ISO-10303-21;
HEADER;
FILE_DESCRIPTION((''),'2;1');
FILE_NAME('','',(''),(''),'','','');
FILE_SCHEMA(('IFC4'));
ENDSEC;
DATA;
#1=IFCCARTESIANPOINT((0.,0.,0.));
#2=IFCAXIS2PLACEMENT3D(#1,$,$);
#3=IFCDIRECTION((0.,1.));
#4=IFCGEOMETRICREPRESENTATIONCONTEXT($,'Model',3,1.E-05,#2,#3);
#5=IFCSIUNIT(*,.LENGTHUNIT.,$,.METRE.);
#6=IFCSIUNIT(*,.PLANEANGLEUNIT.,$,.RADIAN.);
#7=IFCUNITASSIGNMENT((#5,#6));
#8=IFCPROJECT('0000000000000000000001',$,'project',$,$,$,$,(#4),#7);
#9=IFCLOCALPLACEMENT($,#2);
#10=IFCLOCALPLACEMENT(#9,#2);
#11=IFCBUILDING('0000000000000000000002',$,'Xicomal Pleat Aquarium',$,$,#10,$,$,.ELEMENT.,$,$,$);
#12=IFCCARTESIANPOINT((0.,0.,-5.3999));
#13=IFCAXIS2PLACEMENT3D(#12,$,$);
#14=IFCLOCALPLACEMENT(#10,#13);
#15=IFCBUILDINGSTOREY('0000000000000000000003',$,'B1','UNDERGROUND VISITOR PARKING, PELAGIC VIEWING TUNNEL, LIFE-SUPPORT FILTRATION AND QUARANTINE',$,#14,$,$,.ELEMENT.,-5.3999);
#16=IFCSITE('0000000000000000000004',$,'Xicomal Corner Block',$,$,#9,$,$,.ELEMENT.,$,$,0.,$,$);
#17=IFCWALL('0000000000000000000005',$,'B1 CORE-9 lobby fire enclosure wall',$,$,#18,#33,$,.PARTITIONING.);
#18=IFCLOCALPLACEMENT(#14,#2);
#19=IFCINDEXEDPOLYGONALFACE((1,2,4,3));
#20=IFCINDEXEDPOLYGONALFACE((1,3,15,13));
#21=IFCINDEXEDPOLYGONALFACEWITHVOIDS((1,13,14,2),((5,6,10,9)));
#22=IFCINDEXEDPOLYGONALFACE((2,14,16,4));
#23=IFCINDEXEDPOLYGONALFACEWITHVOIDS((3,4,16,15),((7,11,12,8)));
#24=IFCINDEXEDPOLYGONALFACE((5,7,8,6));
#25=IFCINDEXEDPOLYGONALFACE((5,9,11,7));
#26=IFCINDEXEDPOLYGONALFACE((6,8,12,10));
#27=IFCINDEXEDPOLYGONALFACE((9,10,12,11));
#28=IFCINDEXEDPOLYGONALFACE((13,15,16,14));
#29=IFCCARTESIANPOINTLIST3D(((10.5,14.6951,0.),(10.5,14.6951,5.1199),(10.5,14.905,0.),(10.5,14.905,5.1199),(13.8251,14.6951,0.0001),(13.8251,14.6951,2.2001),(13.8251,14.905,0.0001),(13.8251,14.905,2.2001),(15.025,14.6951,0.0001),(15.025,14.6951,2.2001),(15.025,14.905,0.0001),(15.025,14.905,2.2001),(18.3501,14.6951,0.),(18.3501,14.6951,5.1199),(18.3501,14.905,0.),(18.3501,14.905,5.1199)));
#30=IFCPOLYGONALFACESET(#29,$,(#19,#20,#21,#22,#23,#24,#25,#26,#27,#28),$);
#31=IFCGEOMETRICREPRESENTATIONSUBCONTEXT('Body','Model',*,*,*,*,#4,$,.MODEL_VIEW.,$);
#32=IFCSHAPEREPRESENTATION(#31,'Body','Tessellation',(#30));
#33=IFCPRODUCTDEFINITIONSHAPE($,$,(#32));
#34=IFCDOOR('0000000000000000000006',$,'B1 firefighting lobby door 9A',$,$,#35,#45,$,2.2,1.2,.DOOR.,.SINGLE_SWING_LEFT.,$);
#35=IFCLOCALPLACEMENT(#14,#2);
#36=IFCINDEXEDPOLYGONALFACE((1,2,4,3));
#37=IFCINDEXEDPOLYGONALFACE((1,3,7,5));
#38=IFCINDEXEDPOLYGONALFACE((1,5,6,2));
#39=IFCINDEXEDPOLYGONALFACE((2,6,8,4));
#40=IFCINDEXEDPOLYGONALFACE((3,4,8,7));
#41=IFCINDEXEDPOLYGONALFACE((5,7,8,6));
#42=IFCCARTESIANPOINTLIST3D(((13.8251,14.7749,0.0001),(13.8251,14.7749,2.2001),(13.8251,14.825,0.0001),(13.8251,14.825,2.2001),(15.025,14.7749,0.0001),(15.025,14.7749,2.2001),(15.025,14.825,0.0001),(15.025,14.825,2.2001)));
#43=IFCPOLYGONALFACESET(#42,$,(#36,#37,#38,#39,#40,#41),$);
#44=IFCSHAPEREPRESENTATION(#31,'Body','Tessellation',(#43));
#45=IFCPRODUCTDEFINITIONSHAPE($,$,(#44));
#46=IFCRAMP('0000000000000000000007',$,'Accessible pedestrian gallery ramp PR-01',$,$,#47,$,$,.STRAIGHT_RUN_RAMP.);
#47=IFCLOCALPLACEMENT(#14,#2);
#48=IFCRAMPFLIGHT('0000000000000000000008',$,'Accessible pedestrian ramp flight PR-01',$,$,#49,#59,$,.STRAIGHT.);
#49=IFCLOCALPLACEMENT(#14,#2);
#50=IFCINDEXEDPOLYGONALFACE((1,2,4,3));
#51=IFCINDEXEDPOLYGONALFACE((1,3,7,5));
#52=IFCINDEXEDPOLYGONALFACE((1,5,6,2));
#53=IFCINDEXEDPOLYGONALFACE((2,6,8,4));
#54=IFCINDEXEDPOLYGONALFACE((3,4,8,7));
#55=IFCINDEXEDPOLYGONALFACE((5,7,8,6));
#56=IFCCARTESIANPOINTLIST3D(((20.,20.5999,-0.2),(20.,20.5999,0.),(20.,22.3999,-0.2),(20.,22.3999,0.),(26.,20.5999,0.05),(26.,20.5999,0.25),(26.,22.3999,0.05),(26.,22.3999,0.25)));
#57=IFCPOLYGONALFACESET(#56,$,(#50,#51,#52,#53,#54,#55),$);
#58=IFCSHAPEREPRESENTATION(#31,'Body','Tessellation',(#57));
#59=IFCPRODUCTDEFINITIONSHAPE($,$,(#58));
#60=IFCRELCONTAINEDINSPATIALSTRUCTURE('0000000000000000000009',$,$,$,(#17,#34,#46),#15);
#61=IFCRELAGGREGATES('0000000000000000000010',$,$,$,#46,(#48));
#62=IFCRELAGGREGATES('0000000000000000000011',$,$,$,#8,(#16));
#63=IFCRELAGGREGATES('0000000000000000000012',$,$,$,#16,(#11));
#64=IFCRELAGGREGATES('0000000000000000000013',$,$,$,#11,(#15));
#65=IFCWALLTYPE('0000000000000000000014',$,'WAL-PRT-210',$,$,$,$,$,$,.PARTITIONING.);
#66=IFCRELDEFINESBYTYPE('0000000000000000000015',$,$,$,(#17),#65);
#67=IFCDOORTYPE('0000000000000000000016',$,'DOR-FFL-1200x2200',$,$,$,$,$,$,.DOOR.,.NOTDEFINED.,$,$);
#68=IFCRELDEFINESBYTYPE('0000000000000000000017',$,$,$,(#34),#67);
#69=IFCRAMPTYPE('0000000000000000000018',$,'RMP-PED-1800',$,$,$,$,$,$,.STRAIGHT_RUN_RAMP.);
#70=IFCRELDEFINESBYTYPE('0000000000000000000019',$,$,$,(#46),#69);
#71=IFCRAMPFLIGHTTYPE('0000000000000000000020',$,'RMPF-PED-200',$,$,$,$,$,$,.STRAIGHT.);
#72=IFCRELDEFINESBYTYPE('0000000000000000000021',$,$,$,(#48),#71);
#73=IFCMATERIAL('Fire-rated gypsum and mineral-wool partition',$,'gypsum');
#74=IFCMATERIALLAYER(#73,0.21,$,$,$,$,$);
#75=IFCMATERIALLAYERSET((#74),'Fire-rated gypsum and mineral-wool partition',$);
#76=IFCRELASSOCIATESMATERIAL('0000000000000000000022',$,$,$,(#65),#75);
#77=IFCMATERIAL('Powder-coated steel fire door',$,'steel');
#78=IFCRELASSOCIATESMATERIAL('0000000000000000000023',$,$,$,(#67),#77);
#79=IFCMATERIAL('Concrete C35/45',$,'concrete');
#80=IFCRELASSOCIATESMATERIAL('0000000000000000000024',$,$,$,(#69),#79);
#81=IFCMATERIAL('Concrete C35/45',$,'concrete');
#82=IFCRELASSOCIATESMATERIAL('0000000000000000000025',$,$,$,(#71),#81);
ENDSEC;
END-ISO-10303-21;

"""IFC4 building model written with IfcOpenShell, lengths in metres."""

from ifc_helpers import new_model, si_unit, direction, frame, frame_2d, origin, place, context, subcontext, project, spatial, polyline, rectangle, outline, extrude, material, layer, layer_set, type_object, element, fill, aggregate, save


model = new_model("IFC4")

# Units and contexts
model_context = context("Model", 3, precision=1e-05, world=origin(), true_north=direction((0.0, 1.0)))
body_context = subcontext(model_context, "Body", "Model", "MODEL_VIEW")
ifc_project = project(units=[si_unit("LENGTHUNIT", "METRE"), si_unit("PLANEANGLEUNIT", "RADIAN")], contexts=[model_context])

# Site, building, storey
site_placement = place(None, origin())
site = spatial("IfcSite", under=ifc_project, at=site_placement, Name="Xicomal Corner Block", CompositionType="ELEMENT", RefElevation=0.0)
building_placement = place(site_placement, origin())
building = spatial("IfcBuilding", under=site, at=building_placement, Name="Xicomal Pleat Aquarium", CompositionType="ELEMENT")
storey_placement = place(building_placement, frame((0.0, 0.0, -5.3999)))
storey = spatial("IfcBuildingStorey", under=building, at=storey_placement, Name="B1", Description="UNDERGROUND VISITOR PARKING, PELAGIC VIEWING TUNNEL, LIFE-SUPPORT FILTRATION AND QUARANTINE", CompositionType="ELEMENT", Elevation=-5.3999)

# Wall, opening, door
ifc_material_1 = material(Name="Fire-rated gypsum and mineral-wool partition", Category="gypsum")
ifc_layer = layer(ifc_material_1, 0.21)
ifc_layer_set = layer_set([ifc_layer], Name="Fire-rated gypsum and mineral-wool partition")
wall_type = type_object("IfcWallType", Name="WAL-PRT-210", PredefinedType="PARTITIONING", material=ifc_layer_set)
wall_placement = place(storey_placement, frame((10.5, 14.8, 0.0), z_axis=(0.0, 0.0, 1.0), x_axis=(1.0, 0.0, 0.0)))
wall = element("IfcWall", 1, at=wall_placement, inside=storey, type_object=wall_type, Name="B1 CORE-9 lobby fire enclosure wall", PredefinedType="PARTITIONING", context=body_context, shape_type="SweptSolid", body=[
    extrude(rectangle(XDim=7.8501, YDim=0.21, at=frame_2d((3.925, 0.0))), origin(), (0.0, 0.0, 1.0), 5.1199),
])
opening_placement = place(wall_placement, frame((3.325, 0.0, 0.0)))
opening = element("IfcOpeningElement", 2, at=opening_placement, cuts=wall, PredefinedType="OPENING", context=body_context, shape_type="SweptSolid", body=[
    extrude(rectangle(XDim=1.2, YDim=2.2, at=frame_2d((0.6001, 1.1001))), frame((0.0, 0.115, 0.0), z_axis=(0.0, -1.0, 0.0), x_axis=(1.0, 0.0, 0.0)), (0.0, 0.0, 1.0), 0.23),
])
ifc_material_2 = material(Name="Powder-coated steel fire door", Category="steel")
door_type = type_object("IfcDoorType", Name="DOR-FFL-1200x2200", OperationType="NOTDEFINED", PredefinedType="DOOR", material=ifc_material_2)
door_placement = place(opening_placement, origin())
door = element("IfcDoor", 3, at=door_placement, inside=storey, type_object=door_type, Name="B1 firefighting lobby door 9A", OperationType="SINGLE_SWING_LEFT", OverallHeight=2.2, OverallWidth=1.2, PredefinedType="DOOR", context=body_context, shape_type="SweptSolid", body=[
    extrude(rectangle(XDim=1.2, YDim=2.2, at=frame_2d((0.6001, 1.1001))), frame((0.0, 0.0249, 0.0), z_axis=(0.0, -1.0, 0.0), x_axis=(1.0, 0.0, 0.0)), (0.0, 0.0, 1.0), 0.05),
])
fill(opening, door)

# Ramp, ramp flight
ifc_material_3 = material(Name="Concrete C35/45", Category="concrete")
ramp_type = type_object("IfcRampType", Name="RMP-PED-1800", PredefinedType="STRAIGHT_RUN_RAMP", material=ifc_material_3)
ramp_placement = place(storey_placement, origin())
ramp = element("IfcRamp", 4, at=ramp_placement, inside=storey, type_object=ramp_type, Name="Accessible pedestrian gallery ramp PR-01", PredefinedType="STRAIGHT_RUN_RAMP")
ifc_material_4 = material(Name="Concrete C35/45", Category="concrete")
ramp_flight_type = type_object("IfcRampFlightType", Name="RMPF-PED-200", PredefinedType="STRAIGHT", material=ifc_material_4)
ramp_flight_placement = place(storey_placement, frame((20.0, 21.5, 0.0), z_axis=(0.0, 0.0, 1.0), x_axis=(1.0, 0.0, 0.0)))
ramp_flight = element("IfcRampFlight", 5, at=ramp_flight_placement, type_object=ramp_flight_type, Name="Accessible pedestrian ramp flight PR-01", PredefinedType="STRAIGHT", context=body_context, shape_type="SweptSolid", body=[
    extrude(outline(polyline([(0.0, 0.0), (6.0, 0.25), (6.0, 0.05), (0.0, -0.2), (0.0, 0.0)])), frame((0.0, 0.8999, 0.0), z_axis=(0.0, -1.0, 0.0), x_axis=(1.0, 0.0, 0.0)), (0.0, 0.0, 1.0), 1.8),
])
aggregate(ramp, [ramp_flight])

save(model, "model.ifc")
